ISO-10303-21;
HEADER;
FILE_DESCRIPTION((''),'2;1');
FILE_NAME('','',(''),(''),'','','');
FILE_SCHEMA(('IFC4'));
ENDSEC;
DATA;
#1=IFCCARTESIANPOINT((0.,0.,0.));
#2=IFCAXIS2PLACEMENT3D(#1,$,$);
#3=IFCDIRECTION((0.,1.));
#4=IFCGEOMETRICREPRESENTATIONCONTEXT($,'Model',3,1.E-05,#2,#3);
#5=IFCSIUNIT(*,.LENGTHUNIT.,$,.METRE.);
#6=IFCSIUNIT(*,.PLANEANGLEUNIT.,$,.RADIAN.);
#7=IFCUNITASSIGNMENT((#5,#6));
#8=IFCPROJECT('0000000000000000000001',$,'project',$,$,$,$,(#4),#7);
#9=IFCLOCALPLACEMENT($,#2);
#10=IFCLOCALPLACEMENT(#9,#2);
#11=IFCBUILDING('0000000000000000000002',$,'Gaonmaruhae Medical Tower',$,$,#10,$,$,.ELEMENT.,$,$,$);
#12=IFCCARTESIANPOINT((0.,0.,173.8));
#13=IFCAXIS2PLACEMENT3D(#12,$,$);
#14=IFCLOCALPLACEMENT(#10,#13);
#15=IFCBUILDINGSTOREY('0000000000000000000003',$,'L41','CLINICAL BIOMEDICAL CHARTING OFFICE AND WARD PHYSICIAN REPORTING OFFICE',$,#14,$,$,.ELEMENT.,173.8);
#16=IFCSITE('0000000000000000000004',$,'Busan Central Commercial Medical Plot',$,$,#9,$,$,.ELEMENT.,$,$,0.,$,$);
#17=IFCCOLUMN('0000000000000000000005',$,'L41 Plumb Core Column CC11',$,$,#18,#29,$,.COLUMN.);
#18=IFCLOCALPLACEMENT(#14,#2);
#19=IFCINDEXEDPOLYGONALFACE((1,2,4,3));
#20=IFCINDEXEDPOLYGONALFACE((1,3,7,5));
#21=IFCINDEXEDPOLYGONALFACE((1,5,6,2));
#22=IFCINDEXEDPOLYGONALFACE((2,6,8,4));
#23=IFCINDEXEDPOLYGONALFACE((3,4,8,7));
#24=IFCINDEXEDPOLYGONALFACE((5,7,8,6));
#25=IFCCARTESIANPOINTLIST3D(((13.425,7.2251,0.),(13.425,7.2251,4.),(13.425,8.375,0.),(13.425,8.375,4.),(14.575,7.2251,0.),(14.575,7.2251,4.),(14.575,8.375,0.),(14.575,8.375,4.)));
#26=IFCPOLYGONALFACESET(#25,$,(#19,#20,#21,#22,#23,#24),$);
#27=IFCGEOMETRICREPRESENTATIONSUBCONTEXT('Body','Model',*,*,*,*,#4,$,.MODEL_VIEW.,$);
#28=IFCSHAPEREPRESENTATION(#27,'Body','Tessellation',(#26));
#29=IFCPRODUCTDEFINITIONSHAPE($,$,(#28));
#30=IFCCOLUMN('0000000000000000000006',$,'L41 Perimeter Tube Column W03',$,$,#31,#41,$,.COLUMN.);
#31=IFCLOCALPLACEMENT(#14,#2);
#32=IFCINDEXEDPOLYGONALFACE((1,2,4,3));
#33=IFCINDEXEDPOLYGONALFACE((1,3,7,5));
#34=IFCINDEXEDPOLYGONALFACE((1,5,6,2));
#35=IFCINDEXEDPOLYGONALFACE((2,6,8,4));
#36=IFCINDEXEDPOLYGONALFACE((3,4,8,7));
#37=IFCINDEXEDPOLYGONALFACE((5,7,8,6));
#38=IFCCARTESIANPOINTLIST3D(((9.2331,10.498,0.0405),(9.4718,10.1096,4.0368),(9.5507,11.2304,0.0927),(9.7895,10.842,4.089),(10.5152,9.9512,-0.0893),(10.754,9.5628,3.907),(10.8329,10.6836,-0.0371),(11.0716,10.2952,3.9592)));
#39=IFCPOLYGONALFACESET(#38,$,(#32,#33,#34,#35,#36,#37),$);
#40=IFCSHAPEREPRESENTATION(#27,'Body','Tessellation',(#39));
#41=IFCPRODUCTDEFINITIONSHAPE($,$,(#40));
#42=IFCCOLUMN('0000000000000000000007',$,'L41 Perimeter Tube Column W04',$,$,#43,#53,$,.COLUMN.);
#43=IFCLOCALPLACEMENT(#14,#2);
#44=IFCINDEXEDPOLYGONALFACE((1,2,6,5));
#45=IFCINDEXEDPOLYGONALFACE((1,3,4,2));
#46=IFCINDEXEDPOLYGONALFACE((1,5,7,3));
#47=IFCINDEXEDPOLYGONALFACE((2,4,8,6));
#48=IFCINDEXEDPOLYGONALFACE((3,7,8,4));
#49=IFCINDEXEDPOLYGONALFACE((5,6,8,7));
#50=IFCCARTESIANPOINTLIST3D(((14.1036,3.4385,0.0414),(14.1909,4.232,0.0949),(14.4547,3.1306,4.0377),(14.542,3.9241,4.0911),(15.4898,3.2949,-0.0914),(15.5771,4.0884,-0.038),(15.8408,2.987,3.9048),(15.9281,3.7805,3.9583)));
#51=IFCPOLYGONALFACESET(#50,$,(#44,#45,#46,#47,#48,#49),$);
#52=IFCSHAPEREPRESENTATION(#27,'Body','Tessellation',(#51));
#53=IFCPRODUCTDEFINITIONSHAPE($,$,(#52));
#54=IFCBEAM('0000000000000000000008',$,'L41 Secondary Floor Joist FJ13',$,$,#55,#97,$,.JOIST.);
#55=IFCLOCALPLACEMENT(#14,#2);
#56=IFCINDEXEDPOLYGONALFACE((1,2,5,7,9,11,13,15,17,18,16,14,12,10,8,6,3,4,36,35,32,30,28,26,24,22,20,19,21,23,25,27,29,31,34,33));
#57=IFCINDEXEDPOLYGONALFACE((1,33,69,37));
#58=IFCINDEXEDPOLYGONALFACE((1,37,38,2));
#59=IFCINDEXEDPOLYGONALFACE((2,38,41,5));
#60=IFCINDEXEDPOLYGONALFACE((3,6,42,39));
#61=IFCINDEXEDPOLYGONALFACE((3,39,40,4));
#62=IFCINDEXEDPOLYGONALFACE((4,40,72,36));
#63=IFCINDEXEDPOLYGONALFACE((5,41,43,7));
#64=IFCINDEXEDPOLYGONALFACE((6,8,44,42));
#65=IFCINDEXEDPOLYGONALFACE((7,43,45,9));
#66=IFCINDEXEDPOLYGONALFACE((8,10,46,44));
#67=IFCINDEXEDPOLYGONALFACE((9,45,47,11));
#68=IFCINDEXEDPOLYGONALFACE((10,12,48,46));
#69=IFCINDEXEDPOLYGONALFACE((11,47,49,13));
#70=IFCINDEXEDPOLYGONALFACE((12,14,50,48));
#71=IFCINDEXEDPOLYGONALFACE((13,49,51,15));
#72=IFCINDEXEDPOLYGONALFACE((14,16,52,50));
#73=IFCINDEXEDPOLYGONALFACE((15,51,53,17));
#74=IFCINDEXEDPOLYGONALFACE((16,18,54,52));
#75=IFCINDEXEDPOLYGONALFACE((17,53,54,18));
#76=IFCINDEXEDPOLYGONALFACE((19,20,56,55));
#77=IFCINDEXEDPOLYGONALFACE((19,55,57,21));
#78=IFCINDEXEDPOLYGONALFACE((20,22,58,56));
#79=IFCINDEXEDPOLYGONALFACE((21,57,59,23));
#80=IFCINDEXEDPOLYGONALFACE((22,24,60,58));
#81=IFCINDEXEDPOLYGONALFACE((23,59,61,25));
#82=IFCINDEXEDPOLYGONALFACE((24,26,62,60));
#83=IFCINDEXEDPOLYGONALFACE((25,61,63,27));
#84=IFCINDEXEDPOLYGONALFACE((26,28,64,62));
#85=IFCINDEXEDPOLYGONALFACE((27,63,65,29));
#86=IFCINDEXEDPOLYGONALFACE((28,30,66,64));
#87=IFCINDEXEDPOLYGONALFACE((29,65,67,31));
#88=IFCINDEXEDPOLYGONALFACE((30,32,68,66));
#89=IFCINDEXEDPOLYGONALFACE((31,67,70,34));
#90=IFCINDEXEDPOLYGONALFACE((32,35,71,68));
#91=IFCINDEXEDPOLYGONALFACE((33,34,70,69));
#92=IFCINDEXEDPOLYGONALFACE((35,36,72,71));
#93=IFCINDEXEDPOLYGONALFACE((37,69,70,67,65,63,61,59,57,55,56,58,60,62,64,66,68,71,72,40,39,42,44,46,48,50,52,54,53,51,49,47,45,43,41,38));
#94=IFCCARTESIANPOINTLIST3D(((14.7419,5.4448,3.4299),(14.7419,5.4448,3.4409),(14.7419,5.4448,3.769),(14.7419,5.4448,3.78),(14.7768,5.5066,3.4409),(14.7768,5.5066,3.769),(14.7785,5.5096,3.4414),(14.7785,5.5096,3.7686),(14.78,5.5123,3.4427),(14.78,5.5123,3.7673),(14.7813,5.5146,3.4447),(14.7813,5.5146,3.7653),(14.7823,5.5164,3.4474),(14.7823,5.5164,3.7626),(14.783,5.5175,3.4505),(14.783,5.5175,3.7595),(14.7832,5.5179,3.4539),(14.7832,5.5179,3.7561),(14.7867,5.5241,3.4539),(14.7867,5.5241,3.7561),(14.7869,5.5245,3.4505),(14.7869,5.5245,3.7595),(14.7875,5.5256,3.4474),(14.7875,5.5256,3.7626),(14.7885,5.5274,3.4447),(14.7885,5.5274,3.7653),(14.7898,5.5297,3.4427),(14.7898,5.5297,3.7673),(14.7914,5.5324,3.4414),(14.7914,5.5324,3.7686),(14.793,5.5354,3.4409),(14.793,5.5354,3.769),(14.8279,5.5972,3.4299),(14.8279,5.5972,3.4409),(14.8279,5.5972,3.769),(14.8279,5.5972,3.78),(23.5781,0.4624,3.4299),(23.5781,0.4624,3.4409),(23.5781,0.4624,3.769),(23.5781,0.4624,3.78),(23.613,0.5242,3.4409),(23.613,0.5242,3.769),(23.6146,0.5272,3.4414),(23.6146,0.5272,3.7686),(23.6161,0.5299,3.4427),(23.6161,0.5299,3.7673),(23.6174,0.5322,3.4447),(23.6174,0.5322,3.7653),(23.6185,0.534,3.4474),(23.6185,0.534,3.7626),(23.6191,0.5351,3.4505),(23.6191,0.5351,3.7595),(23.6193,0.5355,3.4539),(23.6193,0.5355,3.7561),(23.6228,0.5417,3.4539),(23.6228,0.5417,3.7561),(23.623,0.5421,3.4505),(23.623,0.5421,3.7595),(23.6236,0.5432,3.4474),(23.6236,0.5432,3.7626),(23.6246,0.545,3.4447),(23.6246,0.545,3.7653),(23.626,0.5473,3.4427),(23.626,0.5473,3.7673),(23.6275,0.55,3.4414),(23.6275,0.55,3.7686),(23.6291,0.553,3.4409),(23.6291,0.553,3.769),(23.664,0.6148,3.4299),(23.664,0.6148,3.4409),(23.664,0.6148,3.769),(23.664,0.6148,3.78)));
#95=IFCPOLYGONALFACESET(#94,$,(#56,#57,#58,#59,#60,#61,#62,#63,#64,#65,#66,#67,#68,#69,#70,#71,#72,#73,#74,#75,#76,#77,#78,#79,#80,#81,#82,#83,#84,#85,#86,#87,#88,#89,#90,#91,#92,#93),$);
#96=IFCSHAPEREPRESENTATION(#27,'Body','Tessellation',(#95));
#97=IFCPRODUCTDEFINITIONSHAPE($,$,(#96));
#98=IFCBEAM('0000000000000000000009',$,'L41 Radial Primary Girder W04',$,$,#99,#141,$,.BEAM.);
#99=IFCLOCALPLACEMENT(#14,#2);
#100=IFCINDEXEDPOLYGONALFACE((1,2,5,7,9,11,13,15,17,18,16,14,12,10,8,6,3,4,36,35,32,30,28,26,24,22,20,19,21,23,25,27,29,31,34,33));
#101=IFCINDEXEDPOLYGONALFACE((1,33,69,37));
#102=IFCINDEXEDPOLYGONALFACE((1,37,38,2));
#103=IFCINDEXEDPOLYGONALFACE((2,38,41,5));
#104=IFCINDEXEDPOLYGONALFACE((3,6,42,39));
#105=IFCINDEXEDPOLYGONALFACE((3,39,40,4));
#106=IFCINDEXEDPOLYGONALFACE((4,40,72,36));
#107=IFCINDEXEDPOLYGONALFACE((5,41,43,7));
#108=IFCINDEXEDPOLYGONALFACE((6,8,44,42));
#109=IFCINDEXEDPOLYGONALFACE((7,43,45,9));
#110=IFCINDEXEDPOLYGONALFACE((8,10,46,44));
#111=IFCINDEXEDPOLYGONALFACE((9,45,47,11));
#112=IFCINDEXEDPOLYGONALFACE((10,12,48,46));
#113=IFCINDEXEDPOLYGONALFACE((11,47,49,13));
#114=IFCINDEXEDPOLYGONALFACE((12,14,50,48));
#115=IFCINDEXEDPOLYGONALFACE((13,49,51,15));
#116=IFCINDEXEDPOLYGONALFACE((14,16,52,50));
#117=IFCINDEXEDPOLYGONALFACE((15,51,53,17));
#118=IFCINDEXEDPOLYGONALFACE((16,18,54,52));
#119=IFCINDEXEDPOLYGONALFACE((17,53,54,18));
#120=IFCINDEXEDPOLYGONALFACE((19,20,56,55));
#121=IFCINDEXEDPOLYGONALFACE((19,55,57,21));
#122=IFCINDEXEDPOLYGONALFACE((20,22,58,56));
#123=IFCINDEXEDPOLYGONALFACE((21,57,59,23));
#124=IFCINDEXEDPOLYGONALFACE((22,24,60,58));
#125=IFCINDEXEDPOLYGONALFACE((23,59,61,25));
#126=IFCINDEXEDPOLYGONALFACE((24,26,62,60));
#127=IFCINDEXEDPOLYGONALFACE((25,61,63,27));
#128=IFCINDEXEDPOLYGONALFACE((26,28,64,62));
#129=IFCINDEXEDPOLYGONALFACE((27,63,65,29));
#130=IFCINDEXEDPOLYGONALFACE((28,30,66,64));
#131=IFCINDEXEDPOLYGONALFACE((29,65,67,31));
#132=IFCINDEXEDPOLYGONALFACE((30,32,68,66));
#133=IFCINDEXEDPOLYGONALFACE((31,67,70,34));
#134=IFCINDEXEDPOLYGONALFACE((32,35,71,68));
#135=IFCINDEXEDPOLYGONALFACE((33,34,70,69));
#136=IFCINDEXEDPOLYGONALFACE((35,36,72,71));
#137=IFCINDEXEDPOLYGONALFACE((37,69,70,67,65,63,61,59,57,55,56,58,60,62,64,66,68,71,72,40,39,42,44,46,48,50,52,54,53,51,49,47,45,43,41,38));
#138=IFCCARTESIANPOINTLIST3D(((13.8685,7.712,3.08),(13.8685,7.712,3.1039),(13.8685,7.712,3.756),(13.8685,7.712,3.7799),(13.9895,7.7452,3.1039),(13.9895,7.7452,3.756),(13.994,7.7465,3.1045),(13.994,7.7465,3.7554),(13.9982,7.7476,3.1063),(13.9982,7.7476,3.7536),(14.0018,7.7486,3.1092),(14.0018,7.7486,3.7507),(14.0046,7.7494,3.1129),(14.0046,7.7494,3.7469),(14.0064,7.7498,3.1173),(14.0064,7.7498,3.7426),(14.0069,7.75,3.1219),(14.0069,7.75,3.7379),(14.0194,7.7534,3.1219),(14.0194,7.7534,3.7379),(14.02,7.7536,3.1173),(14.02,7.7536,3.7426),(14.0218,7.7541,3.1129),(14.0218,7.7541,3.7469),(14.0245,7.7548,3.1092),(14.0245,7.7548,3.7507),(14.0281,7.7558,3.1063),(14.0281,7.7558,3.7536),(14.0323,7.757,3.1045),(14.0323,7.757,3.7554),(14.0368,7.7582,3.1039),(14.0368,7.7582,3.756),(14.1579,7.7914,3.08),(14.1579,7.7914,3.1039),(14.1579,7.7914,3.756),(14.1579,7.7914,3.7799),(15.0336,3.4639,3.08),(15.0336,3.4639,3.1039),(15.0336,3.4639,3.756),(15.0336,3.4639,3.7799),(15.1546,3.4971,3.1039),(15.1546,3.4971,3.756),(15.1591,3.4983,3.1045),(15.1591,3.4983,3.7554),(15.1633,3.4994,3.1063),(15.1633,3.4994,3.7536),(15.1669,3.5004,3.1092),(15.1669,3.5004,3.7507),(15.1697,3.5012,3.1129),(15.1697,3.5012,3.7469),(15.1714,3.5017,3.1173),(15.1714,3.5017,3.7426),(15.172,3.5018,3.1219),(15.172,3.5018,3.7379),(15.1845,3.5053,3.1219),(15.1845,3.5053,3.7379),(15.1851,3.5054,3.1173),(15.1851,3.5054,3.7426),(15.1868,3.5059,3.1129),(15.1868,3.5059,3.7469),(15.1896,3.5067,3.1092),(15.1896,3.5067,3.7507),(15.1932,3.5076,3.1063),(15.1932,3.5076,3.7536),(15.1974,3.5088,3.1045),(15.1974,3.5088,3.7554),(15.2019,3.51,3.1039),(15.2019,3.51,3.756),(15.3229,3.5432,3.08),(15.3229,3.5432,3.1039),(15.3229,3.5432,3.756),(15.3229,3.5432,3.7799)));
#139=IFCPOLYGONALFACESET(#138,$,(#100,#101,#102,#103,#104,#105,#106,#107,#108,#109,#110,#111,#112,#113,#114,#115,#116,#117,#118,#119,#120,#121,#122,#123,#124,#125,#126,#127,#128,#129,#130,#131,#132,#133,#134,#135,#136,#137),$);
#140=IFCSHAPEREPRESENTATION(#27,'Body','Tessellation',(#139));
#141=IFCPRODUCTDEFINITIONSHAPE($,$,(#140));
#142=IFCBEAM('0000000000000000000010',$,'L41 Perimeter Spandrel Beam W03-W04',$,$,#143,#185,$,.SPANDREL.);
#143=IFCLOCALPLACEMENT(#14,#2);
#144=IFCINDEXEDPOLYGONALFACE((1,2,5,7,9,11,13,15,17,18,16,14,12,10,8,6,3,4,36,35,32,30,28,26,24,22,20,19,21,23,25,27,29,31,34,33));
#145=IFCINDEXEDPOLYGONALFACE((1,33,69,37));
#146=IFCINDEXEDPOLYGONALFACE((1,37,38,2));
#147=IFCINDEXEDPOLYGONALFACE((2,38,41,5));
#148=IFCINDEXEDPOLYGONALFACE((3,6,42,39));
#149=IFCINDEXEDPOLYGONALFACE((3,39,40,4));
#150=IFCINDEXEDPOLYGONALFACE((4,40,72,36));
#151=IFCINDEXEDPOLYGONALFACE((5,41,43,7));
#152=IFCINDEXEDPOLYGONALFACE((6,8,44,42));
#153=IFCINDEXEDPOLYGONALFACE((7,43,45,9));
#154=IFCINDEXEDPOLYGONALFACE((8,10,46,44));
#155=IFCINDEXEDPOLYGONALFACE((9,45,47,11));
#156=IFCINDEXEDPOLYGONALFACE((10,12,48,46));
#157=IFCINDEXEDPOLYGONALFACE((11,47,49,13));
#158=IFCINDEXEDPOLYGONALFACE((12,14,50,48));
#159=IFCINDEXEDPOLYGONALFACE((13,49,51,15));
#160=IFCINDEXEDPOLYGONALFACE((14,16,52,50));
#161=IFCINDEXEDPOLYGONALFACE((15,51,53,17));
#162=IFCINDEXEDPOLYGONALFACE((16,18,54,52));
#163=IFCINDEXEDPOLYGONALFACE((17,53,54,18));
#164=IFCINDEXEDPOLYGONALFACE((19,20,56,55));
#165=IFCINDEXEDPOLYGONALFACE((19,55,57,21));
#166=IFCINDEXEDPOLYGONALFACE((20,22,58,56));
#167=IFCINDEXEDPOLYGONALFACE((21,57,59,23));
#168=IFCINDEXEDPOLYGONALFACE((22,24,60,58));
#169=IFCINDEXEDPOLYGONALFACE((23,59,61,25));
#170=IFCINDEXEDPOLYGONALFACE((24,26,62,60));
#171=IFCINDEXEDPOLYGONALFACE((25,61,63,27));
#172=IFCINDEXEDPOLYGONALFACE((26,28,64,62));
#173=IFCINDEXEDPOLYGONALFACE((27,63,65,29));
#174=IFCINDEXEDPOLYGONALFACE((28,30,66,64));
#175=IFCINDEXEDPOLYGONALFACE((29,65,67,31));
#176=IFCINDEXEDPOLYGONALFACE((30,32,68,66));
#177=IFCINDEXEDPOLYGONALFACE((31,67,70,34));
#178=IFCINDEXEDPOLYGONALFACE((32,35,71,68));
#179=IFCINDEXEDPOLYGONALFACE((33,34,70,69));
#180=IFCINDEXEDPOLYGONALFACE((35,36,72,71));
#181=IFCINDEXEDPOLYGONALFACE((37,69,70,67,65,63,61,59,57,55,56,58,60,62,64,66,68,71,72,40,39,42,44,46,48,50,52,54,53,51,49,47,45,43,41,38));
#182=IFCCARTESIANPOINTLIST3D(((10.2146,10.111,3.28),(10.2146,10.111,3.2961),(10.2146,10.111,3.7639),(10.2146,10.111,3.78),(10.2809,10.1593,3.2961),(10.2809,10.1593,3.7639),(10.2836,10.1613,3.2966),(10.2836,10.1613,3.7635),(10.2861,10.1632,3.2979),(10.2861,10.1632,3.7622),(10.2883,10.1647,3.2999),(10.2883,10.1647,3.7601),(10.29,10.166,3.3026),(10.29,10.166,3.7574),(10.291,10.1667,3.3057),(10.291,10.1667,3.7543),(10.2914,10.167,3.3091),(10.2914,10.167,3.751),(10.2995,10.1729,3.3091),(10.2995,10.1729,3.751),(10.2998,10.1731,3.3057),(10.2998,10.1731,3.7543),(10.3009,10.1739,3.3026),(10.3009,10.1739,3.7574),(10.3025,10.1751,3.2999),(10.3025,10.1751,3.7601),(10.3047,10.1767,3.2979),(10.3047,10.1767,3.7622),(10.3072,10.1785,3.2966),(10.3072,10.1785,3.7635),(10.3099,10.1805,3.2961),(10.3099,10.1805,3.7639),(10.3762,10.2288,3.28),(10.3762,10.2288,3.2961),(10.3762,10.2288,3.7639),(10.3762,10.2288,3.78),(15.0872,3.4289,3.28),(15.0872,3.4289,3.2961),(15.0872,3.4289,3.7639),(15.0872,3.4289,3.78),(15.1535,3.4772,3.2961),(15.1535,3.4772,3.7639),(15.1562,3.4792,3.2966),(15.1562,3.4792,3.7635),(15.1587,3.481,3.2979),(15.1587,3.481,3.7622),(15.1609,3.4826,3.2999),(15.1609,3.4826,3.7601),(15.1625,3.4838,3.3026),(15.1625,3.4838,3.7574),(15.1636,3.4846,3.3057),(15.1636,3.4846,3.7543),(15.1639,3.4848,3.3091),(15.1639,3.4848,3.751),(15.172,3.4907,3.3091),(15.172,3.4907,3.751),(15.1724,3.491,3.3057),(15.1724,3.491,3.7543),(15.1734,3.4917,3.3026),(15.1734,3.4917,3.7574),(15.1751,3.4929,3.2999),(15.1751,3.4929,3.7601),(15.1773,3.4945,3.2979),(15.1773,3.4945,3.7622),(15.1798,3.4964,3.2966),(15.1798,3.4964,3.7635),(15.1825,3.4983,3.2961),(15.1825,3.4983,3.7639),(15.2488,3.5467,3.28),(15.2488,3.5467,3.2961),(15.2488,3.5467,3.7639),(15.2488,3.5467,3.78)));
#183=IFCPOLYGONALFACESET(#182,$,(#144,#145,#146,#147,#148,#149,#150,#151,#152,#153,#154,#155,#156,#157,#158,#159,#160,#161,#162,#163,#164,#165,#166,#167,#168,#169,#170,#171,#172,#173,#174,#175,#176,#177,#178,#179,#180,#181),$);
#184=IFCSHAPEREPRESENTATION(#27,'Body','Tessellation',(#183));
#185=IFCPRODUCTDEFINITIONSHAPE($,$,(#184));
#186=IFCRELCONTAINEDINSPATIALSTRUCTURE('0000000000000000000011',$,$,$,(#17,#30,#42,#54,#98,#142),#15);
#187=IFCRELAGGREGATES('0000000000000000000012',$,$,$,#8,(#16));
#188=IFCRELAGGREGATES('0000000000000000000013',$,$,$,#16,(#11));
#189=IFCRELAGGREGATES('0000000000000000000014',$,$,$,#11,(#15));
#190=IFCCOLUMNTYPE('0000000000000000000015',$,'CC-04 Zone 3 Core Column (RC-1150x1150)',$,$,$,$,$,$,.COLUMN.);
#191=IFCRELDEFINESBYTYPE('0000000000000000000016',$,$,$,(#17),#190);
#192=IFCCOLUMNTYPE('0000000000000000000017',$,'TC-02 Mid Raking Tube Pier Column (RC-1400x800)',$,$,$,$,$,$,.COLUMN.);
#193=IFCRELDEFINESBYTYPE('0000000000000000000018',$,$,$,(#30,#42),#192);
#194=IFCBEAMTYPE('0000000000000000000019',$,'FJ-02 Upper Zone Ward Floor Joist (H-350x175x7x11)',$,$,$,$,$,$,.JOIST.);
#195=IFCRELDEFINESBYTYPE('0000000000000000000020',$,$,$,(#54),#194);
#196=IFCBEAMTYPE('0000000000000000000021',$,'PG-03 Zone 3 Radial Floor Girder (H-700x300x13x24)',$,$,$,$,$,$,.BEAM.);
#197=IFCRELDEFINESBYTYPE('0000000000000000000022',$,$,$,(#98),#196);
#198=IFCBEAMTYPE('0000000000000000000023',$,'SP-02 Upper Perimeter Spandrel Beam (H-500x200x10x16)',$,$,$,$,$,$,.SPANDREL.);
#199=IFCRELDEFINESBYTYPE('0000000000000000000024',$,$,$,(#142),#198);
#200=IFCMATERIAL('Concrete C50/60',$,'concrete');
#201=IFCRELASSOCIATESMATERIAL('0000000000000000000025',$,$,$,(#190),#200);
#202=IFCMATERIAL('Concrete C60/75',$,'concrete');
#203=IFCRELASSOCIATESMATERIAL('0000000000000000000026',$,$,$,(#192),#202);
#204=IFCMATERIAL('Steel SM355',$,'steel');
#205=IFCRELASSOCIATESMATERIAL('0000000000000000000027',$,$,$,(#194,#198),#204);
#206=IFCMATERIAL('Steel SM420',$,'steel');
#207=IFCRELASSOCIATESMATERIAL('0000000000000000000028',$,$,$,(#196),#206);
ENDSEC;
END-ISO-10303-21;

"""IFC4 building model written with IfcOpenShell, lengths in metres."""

from ifc_helpers import new_model, si_unit, direction, frame, origin, origin_2d, place, context, subcontext, project, spatial, rectangle, i_section, extrude, material, material_profile, profile_set, type_object, element, save


model = new_model("IFC4")

# Units and contexts
model_context = context("Model", 3, precision=1e-05, world=origin(), true_north=direction((0.0, 1.0)))
body_context = subcontext(model_context, "Body", "Model", "MODEL_VIEW")
ifc_project = project(units=[si_unit("LENGTHUNIT", "METRE"), si_unit("PLANEANGLEUNIT", "RADIAN")], contexts=[model_context])

# Site, building, storey
site_placement = place(None, origin())
site = spatial("IfcSite", under=ifc_project, at=site_placement, Name="Busan Central Commercial Medical Plot", CompositionType="ELEMENT", RefElevation=0.0)
building_placement = place(site_placement, origin())
building = spatial("IfcBuilding", under=site, at=building_placement, Name="Gaonmaruhae Medical Tower", CompositionType="ELEMENT")
storey_placement = place(building_placement, frame((0.0, 0.0, 173.8)))
storey = spatial("IfcBuildingStorey", under=building, at=storey_placement, Name="L41", Description="CLINICAL BIOMEDICAL CHARTING OFFICE AND WARD PHYSICIAN REPORTING OFFICE", CompositionType="ELEMENT", Elevation=173.8)

# Columns
ifc_material_1 = material(Name="Concrete C50/60", Category="concrete")
ifc_material_profile_1 = material_profile(ifc_material_1, rectangle(XDim=1.1499, YDim=1.1499, at=origin_2d()), Name="RC-1150x1150")
ifc_profile_set_1 = profile_set([ifc_material_profile_1], Name="Concrete C50/60")
column_type_1 = type_object("IfcColumnType", Name="CC-04 Zone 3 Core Column (RC-1150x1150)", PredefinedType="COLUMN", material=ifc_profile_set_1)
column_1_placement = place(storey_placement, frame((14.0, 7.8, 0.0), z_axis=(0.0, 0.0, 1.0), x_axis=(1.0, 0.0, 0.0)))
element("IfcColumn", 1, at=column_1_placement, inside=storey, type_object=column_type_1, Name="L41 Plumb Core Column CC11", PredefinedType="COLUMN", context=body_context, shape_type="SweptSolid", body=[
    extrude(rectangle(XDim=1.1499, YDim=1.1499, at=origin_2d()), origin(), (0.0, 0.0, 1.0), 4.0),
])
ifc_material_2 = material(Name="Concrete C60/75", Category="concrete")
ifc_material_profile_2 = material_profile(ifc_material_2, rectangle(XDim=1.3999, YDim=0.8, at=origin_2d()), Name="RC-1400x800")
ifc_profile_set_2 = profile_set([ifc_material_profile_2], Name="Concrete C60/75")
column_type_2 = type_object("IfcColumnType", Name="TC-02 Mid Raking Tube Pier Column (RC-1400x800)", PredefinedType="COLUMN", material=ifc_profile_set_2)
column_2_placement = place(storey_placement, frame((10.033, 10.5908, 0.0017), z_axis=(0.059362, -0.096569, 0.993554), x_axis=(-0.915889, 0.390585, 0.092685)))
element("IfcColumn", 2, at=column_2_placement, inside=storey, type_object=column_type_2, Name="L41 Perimeter Tube Column W03", PredefinedType="COLUMN", context=body_context, shape_type="SweptSolid", body=[
    extrude(rectangle(XDim=1.3999, YDim=0.8, at=origin_2d()), origin(), (0.0, 0.0, 1.0), 4.0222),
])
column_3_placement = place(storey_placement, frame((14.8403, 3.7634, 0.0017), z_axis=(0.087255, -0.076515, 0.993243), x_axis=(-0.990188, 0.102585, 0.09489)))
element("IfcColumn", 3, at=column_3_placement, inside=storey, type_object=column_type_2, Name="L41 Perimeter Tube Column W04", PredefinedType="COLUMN", context=body_context, shape_type="SweptSolid", body=[
    extrude(rectangle(XDim=1.3999, YDim=0.8, at=origin_2d()), origin(), (0.0, 0.0, 1.0), 4.0234),
])

# Beams
ifc_material_3 = material(Name="Steel SM355", Category="steel")
ifc_material_profile_3 = material_profile(ifc_material_3, i_section(OverallWidth=0.175, OverallDepth=0.3501, WebThickness=0.0071, FlangeThickness=0.011, FilletRadius=0.0129, at=origin_2d()), Name="H-350x175x7x11")
ifc_profile_set_3 = profile_set([ifc_material_profile_3], Name="Steel SM355")
beam_type_1 = type_object("IfcBeamType", Name="FJ-02 Upper Zone Ward Floor Joist (H-350x175x7x11)", PredefinedType="JOIST", material=ifc_profile_set_3)
beam_1_placement = place(storey_placement, frame((14.7849, 5.521, 3.605), z_axis=(0.871067, -0.491165, 0.0), x_axis=(0.491165, 0.871067, 0.0)))
element("IfcBeam", 4, at=beam_1_placement, inside=storey, type_object=beam_type_1, Name="L41 Secondary Floor Joist FJ13", PredefinedType="JOIST", context=body_context, shape_type="SweptSolid", body=[
    extrude(i_section(OverallWidth=0.175, OverallDepth=0.3501, WebThickness=0.0071, FlangeThickness=0.011, FilletRadius=0.0129, at=origin_2d()), origin(), (0.0, 0.0, 1.0), 10.144),
])
ifc_material_4 = material(Name="Steel SM420", Category="steel")
ifc_material_profile_4 = material_profile(ifc_material_4, i_section(OverallWidth=0.3, OverallDepth=0.7, WebThickness=0.0129, FlangeThickness=0.0239, FilletRadius=0.0181, at=origin_2d()), Name="H-700x300x13x24")
ifc_profile_set_4 = profile_set([ifc_material_profile_4], Name="Steel SM420")
beam_type_2 = type_object("IfcBeamType", Name="PG-03 Zone 3 Radial Floor Girder (H-700x300x13x24)", PredefinedType="BEAM", material=ifc_profile_set_4)
beam_2_placement = place(storey_placement, frame((14.0132, 7.7517, 3.4299), z_axis=(0.264487, -0.964389, 0.0), x_axis=(0.964389, 0.264487, 0.0)))
element("IfcBeam", 5, at=beam_2_placement, inside=storey, type_object=beam_type_2, Name="L41 Radial Primary Girder W04", PredefinedType="BEAM", context=body_context, shape_type="SweptSolid", body=[
    extrude(i_section(OverallWidth=0.3, OverallDepth=0.7, WebThickness=0.0129, FlangeThickness=0.0239, FilletRadius=0.0181, at=origin_2d()), origin(), (0.0, 0.0, 1.0), 4.405),
])
ifc_material_profile_5 = material_profile(ifc_material_3, i_section(OverallWidth=0.2, OverallDepth=0.5, WebThickness=0.01, FlangeThickness=0.0161, FilletRadius=0.0129, at=origin_2d()), Name="H-500x200x10x16")
ifc_profile_set_5 = profile_set([ifc_material_profile_5], Name="Steel SM355")
beam_type_3 = type_object("IfcBeamType", Name="SP-02 Upper Perimeter Spandrel Beam (H-500x200x10x16)", PredefinedType="SPANDREL", material=ifc_profile_set_5)
beam_3_placement = place(storey_placement, frame((10.2954, 10.1699, 3.53), z_axis=(0.589186, -0.807998, 0.0), x_axis=(0.807998, 0.589186, 0.0)))
element("IfcBeam", 6, at=beam_3_placement, inside=storey, type_object=beam_type_3, Name="L41 Perimeter Spandrel Beam W03-W04", PredefinedType="SPANDREL", context=body_context, shape_type="SweptSolid", body=[
    extrude(i_section(OverallWidth=0.2, OverallDepth=0.5, WebThickness=0.01, FlangeThickness=0.0161, FilletRadius=0.0129, at=origin_2d()), origin(), (0.0, 0.0, 1.0), 8.27),
])

save(model, "model.ifc")
